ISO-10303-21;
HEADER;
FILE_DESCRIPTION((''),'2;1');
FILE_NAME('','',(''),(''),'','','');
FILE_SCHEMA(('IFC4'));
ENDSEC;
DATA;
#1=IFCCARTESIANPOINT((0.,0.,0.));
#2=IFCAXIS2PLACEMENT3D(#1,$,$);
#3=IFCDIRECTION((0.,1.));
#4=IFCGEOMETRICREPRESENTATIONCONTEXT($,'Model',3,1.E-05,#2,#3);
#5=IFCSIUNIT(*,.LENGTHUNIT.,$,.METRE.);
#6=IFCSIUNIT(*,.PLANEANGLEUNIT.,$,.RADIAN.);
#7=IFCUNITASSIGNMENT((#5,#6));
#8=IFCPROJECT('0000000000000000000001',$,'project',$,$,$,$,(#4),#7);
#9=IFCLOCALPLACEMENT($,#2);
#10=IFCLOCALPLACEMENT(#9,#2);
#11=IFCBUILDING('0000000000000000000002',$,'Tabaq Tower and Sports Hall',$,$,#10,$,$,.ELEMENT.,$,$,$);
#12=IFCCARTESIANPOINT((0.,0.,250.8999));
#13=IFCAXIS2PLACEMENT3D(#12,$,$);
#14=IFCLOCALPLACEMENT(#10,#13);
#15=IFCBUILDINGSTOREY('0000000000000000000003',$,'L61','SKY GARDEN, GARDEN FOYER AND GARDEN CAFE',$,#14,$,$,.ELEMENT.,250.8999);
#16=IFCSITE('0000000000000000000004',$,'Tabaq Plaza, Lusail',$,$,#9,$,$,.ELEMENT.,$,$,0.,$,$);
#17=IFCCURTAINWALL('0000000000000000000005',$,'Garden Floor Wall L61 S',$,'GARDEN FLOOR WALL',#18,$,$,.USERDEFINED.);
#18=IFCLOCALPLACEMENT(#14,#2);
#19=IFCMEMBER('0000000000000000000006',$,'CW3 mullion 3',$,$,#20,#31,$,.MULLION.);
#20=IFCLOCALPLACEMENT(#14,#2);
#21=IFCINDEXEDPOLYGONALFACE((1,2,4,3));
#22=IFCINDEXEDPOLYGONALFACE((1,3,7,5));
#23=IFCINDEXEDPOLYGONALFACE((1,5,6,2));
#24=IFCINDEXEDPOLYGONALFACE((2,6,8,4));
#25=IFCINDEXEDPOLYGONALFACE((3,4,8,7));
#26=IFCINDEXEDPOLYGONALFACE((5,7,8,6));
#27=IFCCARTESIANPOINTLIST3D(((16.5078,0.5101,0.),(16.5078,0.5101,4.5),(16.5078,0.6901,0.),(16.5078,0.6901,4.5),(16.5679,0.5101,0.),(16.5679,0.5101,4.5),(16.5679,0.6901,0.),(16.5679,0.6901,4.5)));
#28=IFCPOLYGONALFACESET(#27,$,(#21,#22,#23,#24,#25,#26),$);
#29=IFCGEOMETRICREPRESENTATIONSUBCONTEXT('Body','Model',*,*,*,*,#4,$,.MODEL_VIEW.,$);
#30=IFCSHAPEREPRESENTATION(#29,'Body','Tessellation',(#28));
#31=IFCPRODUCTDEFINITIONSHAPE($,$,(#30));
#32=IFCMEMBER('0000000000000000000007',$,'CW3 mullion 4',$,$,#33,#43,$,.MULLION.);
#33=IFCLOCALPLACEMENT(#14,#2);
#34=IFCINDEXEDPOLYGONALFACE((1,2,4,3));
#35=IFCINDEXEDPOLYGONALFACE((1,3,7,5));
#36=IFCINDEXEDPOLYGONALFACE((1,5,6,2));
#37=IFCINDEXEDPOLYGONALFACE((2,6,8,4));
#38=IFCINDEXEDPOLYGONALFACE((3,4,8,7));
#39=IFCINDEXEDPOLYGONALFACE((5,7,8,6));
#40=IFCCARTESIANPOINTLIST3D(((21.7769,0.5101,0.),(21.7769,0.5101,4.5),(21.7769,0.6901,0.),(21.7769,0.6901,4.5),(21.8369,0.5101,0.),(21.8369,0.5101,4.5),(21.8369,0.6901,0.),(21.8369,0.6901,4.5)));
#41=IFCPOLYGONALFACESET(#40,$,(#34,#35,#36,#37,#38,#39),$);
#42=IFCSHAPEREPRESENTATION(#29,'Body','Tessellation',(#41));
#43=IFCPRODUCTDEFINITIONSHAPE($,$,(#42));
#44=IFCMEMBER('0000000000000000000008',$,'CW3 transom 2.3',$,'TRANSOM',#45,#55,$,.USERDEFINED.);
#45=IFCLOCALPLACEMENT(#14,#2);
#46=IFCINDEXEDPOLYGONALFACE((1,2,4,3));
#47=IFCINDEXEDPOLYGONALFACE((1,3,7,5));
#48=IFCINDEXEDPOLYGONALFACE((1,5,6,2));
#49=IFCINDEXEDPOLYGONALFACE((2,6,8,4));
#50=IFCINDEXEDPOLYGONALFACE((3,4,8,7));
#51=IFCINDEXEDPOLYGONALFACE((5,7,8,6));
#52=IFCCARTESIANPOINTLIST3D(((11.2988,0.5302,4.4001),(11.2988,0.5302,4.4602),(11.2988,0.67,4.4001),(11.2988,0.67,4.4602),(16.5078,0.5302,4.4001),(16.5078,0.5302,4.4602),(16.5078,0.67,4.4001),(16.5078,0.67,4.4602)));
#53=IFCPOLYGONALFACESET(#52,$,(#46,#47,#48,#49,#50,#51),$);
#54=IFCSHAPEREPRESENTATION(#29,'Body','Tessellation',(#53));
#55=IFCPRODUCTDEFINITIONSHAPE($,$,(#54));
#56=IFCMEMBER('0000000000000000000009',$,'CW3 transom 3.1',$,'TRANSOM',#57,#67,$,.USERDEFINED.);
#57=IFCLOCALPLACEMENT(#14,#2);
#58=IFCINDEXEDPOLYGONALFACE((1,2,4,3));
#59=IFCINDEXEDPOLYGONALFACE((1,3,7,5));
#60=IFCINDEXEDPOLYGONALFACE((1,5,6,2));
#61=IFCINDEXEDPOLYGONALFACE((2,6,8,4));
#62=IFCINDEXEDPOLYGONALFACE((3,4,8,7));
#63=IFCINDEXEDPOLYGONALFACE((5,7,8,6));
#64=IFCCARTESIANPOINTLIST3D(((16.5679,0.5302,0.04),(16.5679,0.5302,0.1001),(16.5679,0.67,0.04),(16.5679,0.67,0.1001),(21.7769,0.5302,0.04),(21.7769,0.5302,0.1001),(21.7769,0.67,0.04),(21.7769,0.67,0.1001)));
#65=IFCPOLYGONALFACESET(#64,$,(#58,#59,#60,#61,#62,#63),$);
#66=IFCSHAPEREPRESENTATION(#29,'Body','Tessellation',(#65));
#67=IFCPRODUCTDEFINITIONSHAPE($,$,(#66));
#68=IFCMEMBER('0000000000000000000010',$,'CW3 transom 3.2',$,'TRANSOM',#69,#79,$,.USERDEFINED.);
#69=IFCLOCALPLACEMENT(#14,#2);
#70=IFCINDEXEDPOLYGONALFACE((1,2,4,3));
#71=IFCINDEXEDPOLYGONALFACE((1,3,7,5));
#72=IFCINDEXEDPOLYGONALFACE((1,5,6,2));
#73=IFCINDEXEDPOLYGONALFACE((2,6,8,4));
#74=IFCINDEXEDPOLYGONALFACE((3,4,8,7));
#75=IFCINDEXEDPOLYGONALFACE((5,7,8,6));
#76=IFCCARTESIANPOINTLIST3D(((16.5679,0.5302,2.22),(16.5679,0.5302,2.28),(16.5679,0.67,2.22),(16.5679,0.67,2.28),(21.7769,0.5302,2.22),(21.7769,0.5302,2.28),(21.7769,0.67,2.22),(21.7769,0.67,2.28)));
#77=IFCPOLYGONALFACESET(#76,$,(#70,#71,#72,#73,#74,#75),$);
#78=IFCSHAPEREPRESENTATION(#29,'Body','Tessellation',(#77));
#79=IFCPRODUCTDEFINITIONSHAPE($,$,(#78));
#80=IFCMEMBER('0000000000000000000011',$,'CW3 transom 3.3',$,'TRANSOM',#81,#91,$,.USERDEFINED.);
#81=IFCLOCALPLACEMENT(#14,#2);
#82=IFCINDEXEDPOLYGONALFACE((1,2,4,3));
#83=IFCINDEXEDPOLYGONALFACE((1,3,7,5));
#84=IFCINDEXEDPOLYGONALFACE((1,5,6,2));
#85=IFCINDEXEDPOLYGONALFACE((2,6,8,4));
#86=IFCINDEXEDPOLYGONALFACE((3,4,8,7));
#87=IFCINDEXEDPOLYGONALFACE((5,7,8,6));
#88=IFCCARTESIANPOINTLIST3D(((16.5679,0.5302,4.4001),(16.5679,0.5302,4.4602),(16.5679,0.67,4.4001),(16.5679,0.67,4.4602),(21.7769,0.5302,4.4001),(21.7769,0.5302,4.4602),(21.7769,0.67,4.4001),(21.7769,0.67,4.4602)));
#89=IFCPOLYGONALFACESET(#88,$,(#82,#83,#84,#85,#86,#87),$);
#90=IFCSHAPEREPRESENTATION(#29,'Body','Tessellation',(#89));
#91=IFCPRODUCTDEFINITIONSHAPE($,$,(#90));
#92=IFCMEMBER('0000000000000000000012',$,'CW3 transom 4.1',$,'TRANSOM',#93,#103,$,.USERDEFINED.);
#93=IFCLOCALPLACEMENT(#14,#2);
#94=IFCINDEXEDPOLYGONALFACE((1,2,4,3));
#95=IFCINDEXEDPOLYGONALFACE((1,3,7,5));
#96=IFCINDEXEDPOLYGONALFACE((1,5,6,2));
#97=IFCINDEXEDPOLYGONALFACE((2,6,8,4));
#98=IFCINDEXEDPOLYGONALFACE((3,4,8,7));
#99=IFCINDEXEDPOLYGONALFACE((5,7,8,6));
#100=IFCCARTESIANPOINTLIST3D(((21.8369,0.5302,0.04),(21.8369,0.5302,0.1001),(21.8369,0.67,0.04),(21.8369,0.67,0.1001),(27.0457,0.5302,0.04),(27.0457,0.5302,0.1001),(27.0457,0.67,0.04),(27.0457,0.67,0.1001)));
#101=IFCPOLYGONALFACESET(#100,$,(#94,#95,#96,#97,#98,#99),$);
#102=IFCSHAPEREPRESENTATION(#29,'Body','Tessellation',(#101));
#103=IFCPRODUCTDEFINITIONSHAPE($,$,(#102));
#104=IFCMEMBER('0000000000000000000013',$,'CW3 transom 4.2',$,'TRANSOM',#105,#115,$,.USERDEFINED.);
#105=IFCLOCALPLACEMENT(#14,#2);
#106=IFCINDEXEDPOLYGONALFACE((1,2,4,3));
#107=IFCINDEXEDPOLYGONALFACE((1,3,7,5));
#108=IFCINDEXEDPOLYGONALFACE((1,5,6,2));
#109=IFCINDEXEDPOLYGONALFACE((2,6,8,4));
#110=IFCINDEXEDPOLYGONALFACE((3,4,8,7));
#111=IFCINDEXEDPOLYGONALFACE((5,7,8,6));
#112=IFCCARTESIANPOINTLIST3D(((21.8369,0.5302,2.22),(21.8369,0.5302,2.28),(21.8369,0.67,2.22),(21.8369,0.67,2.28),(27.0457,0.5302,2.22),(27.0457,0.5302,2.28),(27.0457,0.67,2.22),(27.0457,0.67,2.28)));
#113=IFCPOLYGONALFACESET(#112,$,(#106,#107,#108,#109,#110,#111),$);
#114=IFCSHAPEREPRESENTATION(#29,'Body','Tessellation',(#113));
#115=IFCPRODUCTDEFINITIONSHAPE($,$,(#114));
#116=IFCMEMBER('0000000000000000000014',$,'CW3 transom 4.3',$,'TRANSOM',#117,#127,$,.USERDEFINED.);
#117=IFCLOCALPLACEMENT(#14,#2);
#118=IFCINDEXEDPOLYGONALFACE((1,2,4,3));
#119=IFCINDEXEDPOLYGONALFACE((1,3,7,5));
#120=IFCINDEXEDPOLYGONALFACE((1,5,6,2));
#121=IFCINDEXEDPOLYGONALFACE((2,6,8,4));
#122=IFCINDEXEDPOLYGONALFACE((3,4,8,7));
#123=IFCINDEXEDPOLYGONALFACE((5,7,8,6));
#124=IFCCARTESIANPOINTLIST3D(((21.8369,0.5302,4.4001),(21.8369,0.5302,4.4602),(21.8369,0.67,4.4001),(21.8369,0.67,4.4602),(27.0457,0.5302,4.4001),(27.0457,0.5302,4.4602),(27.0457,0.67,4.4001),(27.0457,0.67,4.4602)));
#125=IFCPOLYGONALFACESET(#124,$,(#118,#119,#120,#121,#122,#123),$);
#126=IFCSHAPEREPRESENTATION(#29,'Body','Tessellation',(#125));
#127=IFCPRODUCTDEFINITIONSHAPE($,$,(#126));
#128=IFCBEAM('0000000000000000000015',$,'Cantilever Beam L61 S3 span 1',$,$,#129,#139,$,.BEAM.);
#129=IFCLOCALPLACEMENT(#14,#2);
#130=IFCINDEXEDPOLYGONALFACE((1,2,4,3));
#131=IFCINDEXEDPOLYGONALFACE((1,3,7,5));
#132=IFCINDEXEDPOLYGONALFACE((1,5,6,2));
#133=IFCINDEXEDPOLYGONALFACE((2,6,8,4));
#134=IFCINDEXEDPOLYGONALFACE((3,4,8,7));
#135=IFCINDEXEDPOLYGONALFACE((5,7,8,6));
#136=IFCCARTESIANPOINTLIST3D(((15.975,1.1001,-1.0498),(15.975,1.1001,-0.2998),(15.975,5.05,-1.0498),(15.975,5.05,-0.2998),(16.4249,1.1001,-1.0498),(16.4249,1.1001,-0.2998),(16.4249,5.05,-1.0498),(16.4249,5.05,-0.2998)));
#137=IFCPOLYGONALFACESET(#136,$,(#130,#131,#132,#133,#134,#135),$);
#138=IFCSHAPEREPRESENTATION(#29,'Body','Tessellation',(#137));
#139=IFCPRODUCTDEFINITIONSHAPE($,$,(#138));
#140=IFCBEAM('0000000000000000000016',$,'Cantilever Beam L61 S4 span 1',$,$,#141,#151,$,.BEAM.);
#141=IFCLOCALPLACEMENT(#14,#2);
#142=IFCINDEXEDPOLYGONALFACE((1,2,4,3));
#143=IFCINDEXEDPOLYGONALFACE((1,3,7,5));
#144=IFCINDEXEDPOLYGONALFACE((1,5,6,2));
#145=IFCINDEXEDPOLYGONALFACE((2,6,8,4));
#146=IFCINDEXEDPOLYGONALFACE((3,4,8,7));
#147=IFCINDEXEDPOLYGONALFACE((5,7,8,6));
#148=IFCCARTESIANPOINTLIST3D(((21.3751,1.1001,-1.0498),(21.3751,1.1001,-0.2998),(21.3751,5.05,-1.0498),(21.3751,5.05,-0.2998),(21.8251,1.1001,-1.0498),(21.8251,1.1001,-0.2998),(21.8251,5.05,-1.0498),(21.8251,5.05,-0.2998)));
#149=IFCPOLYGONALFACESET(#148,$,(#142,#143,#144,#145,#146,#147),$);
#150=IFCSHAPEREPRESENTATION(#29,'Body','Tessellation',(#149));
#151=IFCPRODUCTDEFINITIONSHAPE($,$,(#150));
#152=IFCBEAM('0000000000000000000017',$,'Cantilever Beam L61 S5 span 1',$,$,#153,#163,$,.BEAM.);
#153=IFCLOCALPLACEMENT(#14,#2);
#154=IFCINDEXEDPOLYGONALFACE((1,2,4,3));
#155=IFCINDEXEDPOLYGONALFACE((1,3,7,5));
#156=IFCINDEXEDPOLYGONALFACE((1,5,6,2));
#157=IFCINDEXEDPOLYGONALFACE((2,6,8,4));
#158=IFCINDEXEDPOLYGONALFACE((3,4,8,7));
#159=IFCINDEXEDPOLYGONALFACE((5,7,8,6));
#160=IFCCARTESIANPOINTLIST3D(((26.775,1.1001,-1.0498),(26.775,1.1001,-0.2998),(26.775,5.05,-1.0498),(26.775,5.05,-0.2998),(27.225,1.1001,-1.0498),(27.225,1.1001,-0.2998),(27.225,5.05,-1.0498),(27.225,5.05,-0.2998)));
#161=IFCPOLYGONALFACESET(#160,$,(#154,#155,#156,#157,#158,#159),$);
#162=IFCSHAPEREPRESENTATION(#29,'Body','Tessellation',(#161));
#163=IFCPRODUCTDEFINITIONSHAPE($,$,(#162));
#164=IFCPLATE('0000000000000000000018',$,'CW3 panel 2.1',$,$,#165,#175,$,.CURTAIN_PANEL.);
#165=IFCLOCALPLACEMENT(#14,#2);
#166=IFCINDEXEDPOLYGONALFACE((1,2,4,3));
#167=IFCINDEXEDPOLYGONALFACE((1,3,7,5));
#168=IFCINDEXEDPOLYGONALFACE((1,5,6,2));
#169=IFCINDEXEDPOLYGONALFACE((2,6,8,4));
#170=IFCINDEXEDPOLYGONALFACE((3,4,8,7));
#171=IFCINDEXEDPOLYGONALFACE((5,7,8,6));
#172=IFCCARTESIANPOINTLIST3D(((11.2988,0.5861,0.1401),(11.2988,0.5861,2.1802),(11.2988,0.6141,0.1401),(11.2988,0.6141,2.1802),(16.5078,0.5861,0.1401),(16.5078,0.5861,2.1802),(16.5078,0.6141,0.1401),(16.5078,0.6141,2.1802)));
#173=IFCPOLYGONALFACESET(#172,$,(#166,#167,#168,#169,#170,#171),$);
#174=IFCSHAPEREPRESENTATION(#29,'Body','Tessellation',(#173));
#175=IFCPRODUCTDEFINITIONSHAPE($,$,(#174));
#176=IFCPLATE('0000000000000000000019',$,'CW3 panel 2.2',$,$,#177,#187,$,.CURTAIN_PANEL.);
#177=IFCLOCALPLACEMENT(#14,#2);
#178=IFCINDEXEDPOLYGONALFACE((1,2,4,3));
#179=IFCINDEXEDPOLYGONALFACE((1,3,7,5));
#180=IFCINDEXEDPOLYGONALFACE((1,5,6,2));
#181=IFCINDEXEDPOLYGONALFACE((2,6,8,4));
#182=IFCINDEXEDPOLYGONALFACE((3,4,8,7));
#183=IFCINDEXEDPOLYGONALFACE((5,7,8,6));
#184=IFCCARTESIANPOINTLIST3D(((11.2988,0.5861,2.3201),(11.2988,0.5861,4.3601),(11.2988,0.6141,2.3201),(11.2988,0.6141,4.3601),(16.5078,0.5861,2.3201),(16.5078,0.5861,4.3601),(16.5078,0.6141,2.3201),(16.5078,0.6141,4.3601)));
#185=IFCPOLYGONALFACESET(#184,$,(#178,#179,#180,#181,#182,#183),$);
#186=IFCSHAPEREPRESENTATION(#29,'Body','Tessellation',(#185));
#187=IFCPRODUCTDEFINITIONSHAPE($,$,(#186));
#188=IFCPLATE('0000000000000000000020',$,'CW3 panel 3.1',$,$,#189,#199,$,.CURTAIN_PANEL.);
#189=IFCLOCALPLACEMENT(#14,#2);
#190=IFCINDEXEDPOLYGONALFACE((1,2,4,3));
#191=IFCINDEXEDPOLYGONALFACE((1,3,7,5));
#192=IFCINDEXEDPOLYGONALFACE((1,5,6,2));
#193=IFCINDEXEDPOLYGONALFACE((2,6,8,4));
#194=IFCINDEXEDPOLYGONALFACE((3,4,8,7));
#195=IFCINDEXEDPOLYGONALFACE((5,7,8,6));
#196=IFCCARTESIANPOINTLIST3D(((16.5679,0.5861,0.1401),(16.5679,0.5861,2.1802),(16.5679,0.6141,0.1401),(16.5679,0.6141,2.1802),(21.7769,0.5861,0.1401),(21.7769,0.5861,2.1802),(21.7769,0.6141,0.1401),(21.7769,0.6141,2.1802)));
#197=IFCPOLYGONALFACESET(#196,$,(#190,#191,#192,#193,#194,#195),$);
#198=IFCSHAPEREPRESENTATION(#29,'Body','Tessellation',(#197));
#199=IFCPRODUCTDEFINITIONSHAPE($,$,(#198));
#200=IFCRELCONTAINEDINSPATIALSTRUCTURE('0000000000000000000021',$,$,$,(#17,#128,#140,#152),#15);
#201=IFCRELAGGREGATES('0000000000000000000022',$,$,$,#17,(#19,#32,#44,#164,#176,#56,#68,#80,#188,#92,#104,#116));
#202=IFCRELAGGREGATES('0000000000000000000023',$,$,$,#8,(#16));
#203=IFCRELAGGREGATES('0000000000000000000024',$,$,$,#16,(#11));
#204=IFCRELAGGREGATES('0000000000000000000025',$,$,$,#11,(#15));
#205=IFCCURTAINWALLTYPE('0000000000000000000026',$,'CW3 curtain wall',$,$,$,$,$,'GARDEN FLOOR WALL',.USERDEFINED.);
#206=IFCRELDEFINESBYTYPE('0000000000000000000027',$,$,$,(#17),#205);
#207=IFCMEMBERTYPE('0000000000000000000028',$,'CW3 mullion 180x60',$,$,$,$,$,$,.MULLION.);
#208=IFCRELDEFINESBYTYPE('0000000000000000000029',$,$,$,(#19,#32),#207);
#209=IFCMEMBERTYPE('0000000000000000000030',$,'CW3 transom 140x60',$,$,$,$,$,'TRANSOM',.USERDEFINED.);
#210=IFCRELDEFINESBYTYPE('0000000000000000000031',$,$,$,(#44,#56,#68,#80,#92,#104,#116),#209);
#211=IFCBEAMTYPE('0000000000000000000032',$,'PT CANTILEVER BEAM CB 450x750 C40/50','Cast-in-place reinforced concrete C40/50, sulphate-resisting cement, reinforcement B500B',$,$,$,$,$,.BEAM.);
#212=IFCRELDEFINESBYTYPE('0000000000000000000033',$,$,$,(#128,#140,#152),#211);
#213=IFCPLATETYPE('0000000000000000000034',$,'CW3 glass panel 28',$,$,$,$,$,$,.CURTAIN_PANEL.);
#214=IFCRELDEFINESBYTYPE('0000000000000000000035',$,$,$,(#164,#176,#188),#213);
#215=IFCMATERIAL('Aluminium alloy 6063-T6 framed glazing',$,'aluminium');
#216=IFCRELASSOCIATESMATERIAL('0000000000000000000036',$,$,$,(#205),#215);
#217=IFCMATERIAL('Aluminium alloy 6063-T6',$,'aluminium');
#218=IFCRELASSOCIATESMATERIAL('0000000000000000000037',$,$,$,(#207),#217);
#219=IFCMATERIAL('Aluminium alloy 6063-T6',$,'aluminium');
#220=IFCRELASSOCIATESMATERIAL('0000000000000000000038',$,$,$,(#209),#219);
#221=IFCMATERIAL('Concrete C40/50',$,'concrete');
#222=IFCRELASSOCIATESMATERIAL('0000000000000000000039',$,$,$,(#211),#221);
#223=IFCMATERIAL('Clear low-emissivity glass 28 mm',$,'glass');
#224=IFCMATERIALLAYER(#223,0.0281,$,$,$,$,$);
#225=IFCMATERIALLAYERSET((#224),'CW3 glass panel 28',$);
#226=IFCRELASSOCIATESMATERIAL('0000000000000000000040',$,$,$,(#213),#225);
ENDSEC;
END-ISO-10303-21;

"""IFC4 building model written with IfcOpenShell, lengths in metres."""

from ifc_helpers import new_model, si_unit, direction, frame, origin, origin_2d, place, context, subcontext, project, spatial, rectangle, extrude, material, layer, layer_set, material_profile, profile_set, type_object, element, aggregate, save


model = new_model("IFC4")

# Units and contexts
model_context = context("Model", 3, precision=1e-05, world=origin(), true_north=direction((0.0, 1.0)))
body_context = subcontext(model_context, "Body", "Model", "MODEL_VIEW")
ifc_project = project(units=[si_unit("LENGTHUNIT", "METRE"), si_unit("PLANEANGLEUNIT", "RADIAN")], contexts=[model_context])

# Site, building, storey
site_placement = place(None, origin())
site = spatial("IfcSite", under=ifc_project, at=site_placement, Name="Tabaq Plaza, Lusail", CompositionType="ELEMENT", RefElevation=0.0)
building_placement = place(site_placement, origin())
building = spatial("IfcBuilding", under=site, at=building_placement, Name="Tabaq Tower and Sports Hall", CompositionType="ELEMENT")
storey_placement = place(building_placement, frame((0.0, 0.0, 250.8999)))
storey = spatial("IfcBuildingStorey", under=building, at=storey_placement, Name="L61", Description="SKY GARDEN, GARDEN FOYER AND GARDEN CAFE", CompositionType="ELEMENT", Elevation=250.8999)

# Curtain wall, members
ifc_material_1 = material(Name="Aluminium alloy 6063-T6 framed glazing", Category="aluminium")
curtain_wall_type = type_object("IfcCurtainWallType", Name="CW3 curtain wall", ElementType="GARDEN FLOOR WALL", PredefinedType="USERDEFINED", material=ifc_material_1)
curtain_wall_placement = place(storey_placement, origin())
curtain_wall = element("IfcCurtainWall", 1, at=curtain_wall_placement, inside=storey, type_object=curtain_wall_type, Name="Garden Floor Wall L61 S", ObjectType="GARDEN FLOOR WALL", PredefinedType="USERDEFINED")
ifc_material_2 = material(Name="Aluminium alloy 6063-T6", Category="aluminium")
ifc_material_profile_1 = material_profile(ifc_material_2, rectangle(XDim=0.1799, YDim=0.0601, at=origin_2d()), Name="MULLION 180x60")
ifc_profile_set_1 = profile_set([ifc_material_profile_1], Name="Aluminium alloy 6063-T6")
member_type_1 = type_object("IfcMemberType", Name="CW3 mullion 180x60", PredefinedType="MULLION", material=ifc_profile_set_1)
member_1_placement = place(storey_placement, frame((16.5378, 0.6001, 0.0), z_axis=(0.0, 0.0, 1.0), x_axis=(0.0, 1.0, 0.0)))
member_1 = element("IfcMember", 2, at=member_1_placement, type_object=member_type_1, Name="CW3 mullion 3", PredefinedType="MULLION", context=body_context, shape_type="SweptSolid", body=[
    extrude(rectangle(XDim=0.1799, YDim=0.0601, at=origin_2d()), origin(), (0.0, 0.0, 1.0), 4.5),
])
member_2_placement = place(storey_placement, frame((21.8069, 0.6001, 0.0), z_axis=(0.0, 0.0, 1.0), x_axis=(0.0, 1.0, 0.0)))
member_2 = element("IfcMember", 3, at=member_2_placement, type_object=member_type_1, Name="CW3 mullion 4", PredefinedType="MULLION", context=body_context, shape_type="SweptSolid", body=[
    extrude(rectangle(XDim=0.1799, YDim=0.0601, at=origin_2d()), origin(), (0.0, 0.0, 1.0), 4.5),
])
ifc_material_3 = material(Name="Aluminium alloy 6063-T6", Category="aluminium")
ifc_material_profile_2 = material_profile(ifc_material_3, rectangle(XDim=0.1399, YDim=0.0601, at=origin_2d()), Name="TRANSOM 140x60")
ifc_profile_set_2 = profile_set([ifc_material_profile_2], Name="Aluminium alloy 6063-T6")
member_type_2 = type_object("IfcMemberType", Name="CW3 transom 140x60", ElementType="TRANSOM", PredefinedType="USERDEFINED", material=ifc_profile_set_2)
member_3_placement = place(storey_placement, frame((11.2988, 0.6001, 4.4302), z_axis=(1.0, 0.0, 0.0), x_axis=(0.0, 1.0, 0.0)))
member_3 = element("IfcMember", 4, at=member_3_placement, type_object=member_type_2, Name="CW3 transom 2.3", ObjectType="TRANSOM", PredefinedType="USERDEFINED", context=body_context, shape_type="SweptSolid", body=[
    extrude(rectangle(XDim=0.1399, YDim=0.0601, at=origin_2d()), origin(), (0.0, 0.0, 1.0), 5.209),
])
member_4_placement = place(storey_placement, frame((16.5679, 0.6001, 0.0701), z_axis=(1.0, 0.0, 0.0), x_axis=(0.0, 1.0, 0.0)))
member_4 = element("IfcMember", 5, at=member_4_placement, type_object=member_type_2, Name="CW3 transom 3.1", ObjectType="TRANSOM", PredefinedType="USERDEFINED", context=body_context, shape_type="SweptSolid", body=[
    extrude(rectangle(XDim=0.1399, YDim=0.0601, at=origin_2d()), origin(), (0.0, 0.0, 1.0), 5.209),
])
member_5_placement = place(storey_placement, frame((16.5679, 0.6001, 2.25), z_axis=(1.0, 0.0, 0.0), x_axis=(0.0, 1.0, 0.0)))
member_5 = element("IfcMember", 6, at=member_5_placement, type_object=member_type_2, Name="CW3 transom 3.2", ObjectType="TRANSOM", PredefinedType="USERDEFINED", context=body_context, shape_type="SweptSolid", body=[
    extrude(rectangle(XDim=0.1399, YDim=0.0601, at=origin_2d()), origin(), (0.0, 0.0, 1.0), 5.209),
])
member_6_placement = place(storey_placement, frame((16.5679, 0.6001, 4.4302), z_axis=(1.0, 0.0, 0.0), x_axis=(0.0, 1.0, 0.0)))
member_6 = element("IfcMember", 7, at=member_6_placement, type_object=member_type_2, Name="CW3 transom 3.3", ObjectType="TRANSOM", PredefinedType="USERDEFINED", context=body_context, shape_type="SweptSolid", body=[
    extrude(rectangle(XDim=0.1399, YDim=0.0601, at=origin_2d()), origin(), (0.0, 0.0, 1.0), 5.209),
])
member_7_placement = place(storey_placement, frame((21.8369, 0.6001, 0.0701), z_axis=(1.0, 0.0, 0.0), x_axis=(0.0, 1.0, 0.0)))
member_7 = element("IfcMember", 8, at=member_7_placement, type_object=member_type_2, Name="CW3 transom 4.1", ObjectType="TRANSOM", PredefinedType="USERDEFINED", context=body_context, shape_type="SweptSolid", body=[
    extrude(rectangle(XDim=0.1399, YDim=0.0601, at=origin_2d()), origin(), (0.0, 0.0, 1.0), 5.2087),
])
member_8_placement = place(storey_placement, frame((21.8369, 0.6001, 2.25), z_axis=(1.0, 0.0, 0.0), x_axis=(0.0, 1.0, 0.0)))
member_8 = element("IfcMember", 9, at=member_8_placement, type_object=member_type_2, Name="CW3 transom 4.2", ObjectType="TRANSOM", PredefinedType="USERDEFINED", context=body_context, shape_type="SweptSolid", body=[
    extrude(rectangle(XDim=0.1399, YDim=0.0601, at=origin_2d()), origin(), (0.0, 0.0, 1.0), 5.2087),
])
member_9_placement = place(storey_placement, frame((21.8369, 0.6001, 4.4302), z_axis=(1.0, 0.0, 0.0), x_axis=(0.0, 1.0, 0.0)))
member_9 = element("IfcMember", 10, at=member_9_placement, type_object=member_type_2, Name="CW3 transom 4.3", ObjectType="TRANSOM", PredefinedType="USERDEFINED", context=body_context, shape_type="SweptSolid", body=[
    extrude(rectangle(XDim=0.1399, YDim=0.0601, at=origin_2d()), origin(), (0.0, 0.0, 1.0), 5.2087),
])

# Beams
ifc_material_4 = material(Name="Concrete C40/50", Category="concrete")
ifc_material_profile_3 = material_profile(ifc_material_4, rectangle(XDim=0.45, YDim=0.75, at=origin_2d()), Name="CB 450x750")
ifc_profile_set_3 = profile_set([ifc_material_profile_3], Name="Concrete C40/50")
beam_type = type_object("IfcBeamType", Name="PT CANTILEVER BEAM CB 450x750 C40/50", Description="Cast-in-place reinforced concrete C40/50, sulphate-resisting cement, reinforcement B500B", PredefinedType="BEAM", material=ifc_profile_set_3)
for number, where, z_axis, x_axis, name in (
    (11, (16.2, 1.1001, -0.6748), (0.0, 1.0, 0.0), (-1.0, 0.0, 0.0), "Cantilever Beam L61 S3 span 1"),
    (12, (21.6001, 1.1001, -0.6748), (0.0, 1.0, 0.0), (-1.0, 0.0, 0.0), "Cantilever Beam L61 S4 span 1"),
    (13, (27.0, 1.1001, -0.6748), (0.0, 1.0, 0.0), (-1.0, 0.0, 0.0), "Cantilever Beam L61 S5 span 1"),
):
    element("IfcBeam", number, at=place(storey_placement, frame(where, z_axis=z_axis, x_axis=x_axis)), inside=storey, type_object=beam_type, Name=name, PredefinedType="BEAM", context=body_context, shape_type="SweptSolid", body=[
        extrude(rectangle(XDim=0.45, YDim=0.75, at=origin_2d()), origin(), (0.0, 0.0, 1.0), 3.95),
    ])

# Plates
ifc_material_5 = material(Name="Clear low-emissivity glass 28 mm", Category="glass")
ifc_layer_1 = layer(ifc_material_5, 0.0281)
ifc_layer_set_1 = layer_set([ifc_layer_1], Name="CW3 glass panel 28")
plate_type_1 = type_object("IfcPlateType", Name="CW3 glass panel 28", PredefinedType="CURTAIN_PANEL", material=ifc_layer_set_1)
plate_1_placement = place(storey_placement, frame((13.9033, 0.6001, 0.1401), z_axis=(0.0, 0.0, 1.0), x_axis=(1.0, 0.0, 0.0)))
plate_1 = element("IfcPlate", 14, at=plate_1_placement, type_object=plate_type_1, Name="CW3 panel 2.1", PredefinedType="CURTAIN_PANEL", context=body_context, shape_type="SweptSolid", body=[
    extrude(rectangle(XDim=5.209, YDim=0.0281, at=origin_2d()), origin(), (0.0, 0.0, 1.0), 2.04),
])
plate_2_placement = place(storey_placement, frame((13.9033, 0.6001, 2.3201), z_axis=(0.0, 0.0, 1.0), x_axis=(1.0, 0.0, 0.0)))
plate_2 = element("IfcPlate", 15, at=plate_2_placement, type_object=plate_type_1, Name="CW3 panel 2.2", PredefinedType="CURTAIN_PANEL", context=body_context, shape_type="SweptSolid", body=[
    extrude(rectangle(XDim=5.209, YDim=0.0281, at=origin_2d()), origin(), (0.0, 0.0, 1.0), 2.04),
])
plate_3_placement = place(storey_placement, frame((19.1724, 0.6001, 0.1401), z_axis=(0.0, 0.0, 1.0), x_axis=(1.0, 0.0, 0.0)))
plate_3 = element("IfcPlate", 16, at=plate_3_placement, type_object=plate_type_1, Name="CW3 panel 3.1", PredefinedType="CURTAIN_PANEL", context=body_context, shape_type="SweptSolid", body=[
    extrude(rectangle(XDim=5.209, YDim=0.0281, at=origin_2d()), origin(), (0.0, 0.0, 1.0), 2.04),
])
aggregate(curtain_wall, [member_1, member_2, member_3, plate_1, plate_2, member_4, member_5, member_6, plate_3, member_7, member_8, member_9])

save(model, "model.ifc")
